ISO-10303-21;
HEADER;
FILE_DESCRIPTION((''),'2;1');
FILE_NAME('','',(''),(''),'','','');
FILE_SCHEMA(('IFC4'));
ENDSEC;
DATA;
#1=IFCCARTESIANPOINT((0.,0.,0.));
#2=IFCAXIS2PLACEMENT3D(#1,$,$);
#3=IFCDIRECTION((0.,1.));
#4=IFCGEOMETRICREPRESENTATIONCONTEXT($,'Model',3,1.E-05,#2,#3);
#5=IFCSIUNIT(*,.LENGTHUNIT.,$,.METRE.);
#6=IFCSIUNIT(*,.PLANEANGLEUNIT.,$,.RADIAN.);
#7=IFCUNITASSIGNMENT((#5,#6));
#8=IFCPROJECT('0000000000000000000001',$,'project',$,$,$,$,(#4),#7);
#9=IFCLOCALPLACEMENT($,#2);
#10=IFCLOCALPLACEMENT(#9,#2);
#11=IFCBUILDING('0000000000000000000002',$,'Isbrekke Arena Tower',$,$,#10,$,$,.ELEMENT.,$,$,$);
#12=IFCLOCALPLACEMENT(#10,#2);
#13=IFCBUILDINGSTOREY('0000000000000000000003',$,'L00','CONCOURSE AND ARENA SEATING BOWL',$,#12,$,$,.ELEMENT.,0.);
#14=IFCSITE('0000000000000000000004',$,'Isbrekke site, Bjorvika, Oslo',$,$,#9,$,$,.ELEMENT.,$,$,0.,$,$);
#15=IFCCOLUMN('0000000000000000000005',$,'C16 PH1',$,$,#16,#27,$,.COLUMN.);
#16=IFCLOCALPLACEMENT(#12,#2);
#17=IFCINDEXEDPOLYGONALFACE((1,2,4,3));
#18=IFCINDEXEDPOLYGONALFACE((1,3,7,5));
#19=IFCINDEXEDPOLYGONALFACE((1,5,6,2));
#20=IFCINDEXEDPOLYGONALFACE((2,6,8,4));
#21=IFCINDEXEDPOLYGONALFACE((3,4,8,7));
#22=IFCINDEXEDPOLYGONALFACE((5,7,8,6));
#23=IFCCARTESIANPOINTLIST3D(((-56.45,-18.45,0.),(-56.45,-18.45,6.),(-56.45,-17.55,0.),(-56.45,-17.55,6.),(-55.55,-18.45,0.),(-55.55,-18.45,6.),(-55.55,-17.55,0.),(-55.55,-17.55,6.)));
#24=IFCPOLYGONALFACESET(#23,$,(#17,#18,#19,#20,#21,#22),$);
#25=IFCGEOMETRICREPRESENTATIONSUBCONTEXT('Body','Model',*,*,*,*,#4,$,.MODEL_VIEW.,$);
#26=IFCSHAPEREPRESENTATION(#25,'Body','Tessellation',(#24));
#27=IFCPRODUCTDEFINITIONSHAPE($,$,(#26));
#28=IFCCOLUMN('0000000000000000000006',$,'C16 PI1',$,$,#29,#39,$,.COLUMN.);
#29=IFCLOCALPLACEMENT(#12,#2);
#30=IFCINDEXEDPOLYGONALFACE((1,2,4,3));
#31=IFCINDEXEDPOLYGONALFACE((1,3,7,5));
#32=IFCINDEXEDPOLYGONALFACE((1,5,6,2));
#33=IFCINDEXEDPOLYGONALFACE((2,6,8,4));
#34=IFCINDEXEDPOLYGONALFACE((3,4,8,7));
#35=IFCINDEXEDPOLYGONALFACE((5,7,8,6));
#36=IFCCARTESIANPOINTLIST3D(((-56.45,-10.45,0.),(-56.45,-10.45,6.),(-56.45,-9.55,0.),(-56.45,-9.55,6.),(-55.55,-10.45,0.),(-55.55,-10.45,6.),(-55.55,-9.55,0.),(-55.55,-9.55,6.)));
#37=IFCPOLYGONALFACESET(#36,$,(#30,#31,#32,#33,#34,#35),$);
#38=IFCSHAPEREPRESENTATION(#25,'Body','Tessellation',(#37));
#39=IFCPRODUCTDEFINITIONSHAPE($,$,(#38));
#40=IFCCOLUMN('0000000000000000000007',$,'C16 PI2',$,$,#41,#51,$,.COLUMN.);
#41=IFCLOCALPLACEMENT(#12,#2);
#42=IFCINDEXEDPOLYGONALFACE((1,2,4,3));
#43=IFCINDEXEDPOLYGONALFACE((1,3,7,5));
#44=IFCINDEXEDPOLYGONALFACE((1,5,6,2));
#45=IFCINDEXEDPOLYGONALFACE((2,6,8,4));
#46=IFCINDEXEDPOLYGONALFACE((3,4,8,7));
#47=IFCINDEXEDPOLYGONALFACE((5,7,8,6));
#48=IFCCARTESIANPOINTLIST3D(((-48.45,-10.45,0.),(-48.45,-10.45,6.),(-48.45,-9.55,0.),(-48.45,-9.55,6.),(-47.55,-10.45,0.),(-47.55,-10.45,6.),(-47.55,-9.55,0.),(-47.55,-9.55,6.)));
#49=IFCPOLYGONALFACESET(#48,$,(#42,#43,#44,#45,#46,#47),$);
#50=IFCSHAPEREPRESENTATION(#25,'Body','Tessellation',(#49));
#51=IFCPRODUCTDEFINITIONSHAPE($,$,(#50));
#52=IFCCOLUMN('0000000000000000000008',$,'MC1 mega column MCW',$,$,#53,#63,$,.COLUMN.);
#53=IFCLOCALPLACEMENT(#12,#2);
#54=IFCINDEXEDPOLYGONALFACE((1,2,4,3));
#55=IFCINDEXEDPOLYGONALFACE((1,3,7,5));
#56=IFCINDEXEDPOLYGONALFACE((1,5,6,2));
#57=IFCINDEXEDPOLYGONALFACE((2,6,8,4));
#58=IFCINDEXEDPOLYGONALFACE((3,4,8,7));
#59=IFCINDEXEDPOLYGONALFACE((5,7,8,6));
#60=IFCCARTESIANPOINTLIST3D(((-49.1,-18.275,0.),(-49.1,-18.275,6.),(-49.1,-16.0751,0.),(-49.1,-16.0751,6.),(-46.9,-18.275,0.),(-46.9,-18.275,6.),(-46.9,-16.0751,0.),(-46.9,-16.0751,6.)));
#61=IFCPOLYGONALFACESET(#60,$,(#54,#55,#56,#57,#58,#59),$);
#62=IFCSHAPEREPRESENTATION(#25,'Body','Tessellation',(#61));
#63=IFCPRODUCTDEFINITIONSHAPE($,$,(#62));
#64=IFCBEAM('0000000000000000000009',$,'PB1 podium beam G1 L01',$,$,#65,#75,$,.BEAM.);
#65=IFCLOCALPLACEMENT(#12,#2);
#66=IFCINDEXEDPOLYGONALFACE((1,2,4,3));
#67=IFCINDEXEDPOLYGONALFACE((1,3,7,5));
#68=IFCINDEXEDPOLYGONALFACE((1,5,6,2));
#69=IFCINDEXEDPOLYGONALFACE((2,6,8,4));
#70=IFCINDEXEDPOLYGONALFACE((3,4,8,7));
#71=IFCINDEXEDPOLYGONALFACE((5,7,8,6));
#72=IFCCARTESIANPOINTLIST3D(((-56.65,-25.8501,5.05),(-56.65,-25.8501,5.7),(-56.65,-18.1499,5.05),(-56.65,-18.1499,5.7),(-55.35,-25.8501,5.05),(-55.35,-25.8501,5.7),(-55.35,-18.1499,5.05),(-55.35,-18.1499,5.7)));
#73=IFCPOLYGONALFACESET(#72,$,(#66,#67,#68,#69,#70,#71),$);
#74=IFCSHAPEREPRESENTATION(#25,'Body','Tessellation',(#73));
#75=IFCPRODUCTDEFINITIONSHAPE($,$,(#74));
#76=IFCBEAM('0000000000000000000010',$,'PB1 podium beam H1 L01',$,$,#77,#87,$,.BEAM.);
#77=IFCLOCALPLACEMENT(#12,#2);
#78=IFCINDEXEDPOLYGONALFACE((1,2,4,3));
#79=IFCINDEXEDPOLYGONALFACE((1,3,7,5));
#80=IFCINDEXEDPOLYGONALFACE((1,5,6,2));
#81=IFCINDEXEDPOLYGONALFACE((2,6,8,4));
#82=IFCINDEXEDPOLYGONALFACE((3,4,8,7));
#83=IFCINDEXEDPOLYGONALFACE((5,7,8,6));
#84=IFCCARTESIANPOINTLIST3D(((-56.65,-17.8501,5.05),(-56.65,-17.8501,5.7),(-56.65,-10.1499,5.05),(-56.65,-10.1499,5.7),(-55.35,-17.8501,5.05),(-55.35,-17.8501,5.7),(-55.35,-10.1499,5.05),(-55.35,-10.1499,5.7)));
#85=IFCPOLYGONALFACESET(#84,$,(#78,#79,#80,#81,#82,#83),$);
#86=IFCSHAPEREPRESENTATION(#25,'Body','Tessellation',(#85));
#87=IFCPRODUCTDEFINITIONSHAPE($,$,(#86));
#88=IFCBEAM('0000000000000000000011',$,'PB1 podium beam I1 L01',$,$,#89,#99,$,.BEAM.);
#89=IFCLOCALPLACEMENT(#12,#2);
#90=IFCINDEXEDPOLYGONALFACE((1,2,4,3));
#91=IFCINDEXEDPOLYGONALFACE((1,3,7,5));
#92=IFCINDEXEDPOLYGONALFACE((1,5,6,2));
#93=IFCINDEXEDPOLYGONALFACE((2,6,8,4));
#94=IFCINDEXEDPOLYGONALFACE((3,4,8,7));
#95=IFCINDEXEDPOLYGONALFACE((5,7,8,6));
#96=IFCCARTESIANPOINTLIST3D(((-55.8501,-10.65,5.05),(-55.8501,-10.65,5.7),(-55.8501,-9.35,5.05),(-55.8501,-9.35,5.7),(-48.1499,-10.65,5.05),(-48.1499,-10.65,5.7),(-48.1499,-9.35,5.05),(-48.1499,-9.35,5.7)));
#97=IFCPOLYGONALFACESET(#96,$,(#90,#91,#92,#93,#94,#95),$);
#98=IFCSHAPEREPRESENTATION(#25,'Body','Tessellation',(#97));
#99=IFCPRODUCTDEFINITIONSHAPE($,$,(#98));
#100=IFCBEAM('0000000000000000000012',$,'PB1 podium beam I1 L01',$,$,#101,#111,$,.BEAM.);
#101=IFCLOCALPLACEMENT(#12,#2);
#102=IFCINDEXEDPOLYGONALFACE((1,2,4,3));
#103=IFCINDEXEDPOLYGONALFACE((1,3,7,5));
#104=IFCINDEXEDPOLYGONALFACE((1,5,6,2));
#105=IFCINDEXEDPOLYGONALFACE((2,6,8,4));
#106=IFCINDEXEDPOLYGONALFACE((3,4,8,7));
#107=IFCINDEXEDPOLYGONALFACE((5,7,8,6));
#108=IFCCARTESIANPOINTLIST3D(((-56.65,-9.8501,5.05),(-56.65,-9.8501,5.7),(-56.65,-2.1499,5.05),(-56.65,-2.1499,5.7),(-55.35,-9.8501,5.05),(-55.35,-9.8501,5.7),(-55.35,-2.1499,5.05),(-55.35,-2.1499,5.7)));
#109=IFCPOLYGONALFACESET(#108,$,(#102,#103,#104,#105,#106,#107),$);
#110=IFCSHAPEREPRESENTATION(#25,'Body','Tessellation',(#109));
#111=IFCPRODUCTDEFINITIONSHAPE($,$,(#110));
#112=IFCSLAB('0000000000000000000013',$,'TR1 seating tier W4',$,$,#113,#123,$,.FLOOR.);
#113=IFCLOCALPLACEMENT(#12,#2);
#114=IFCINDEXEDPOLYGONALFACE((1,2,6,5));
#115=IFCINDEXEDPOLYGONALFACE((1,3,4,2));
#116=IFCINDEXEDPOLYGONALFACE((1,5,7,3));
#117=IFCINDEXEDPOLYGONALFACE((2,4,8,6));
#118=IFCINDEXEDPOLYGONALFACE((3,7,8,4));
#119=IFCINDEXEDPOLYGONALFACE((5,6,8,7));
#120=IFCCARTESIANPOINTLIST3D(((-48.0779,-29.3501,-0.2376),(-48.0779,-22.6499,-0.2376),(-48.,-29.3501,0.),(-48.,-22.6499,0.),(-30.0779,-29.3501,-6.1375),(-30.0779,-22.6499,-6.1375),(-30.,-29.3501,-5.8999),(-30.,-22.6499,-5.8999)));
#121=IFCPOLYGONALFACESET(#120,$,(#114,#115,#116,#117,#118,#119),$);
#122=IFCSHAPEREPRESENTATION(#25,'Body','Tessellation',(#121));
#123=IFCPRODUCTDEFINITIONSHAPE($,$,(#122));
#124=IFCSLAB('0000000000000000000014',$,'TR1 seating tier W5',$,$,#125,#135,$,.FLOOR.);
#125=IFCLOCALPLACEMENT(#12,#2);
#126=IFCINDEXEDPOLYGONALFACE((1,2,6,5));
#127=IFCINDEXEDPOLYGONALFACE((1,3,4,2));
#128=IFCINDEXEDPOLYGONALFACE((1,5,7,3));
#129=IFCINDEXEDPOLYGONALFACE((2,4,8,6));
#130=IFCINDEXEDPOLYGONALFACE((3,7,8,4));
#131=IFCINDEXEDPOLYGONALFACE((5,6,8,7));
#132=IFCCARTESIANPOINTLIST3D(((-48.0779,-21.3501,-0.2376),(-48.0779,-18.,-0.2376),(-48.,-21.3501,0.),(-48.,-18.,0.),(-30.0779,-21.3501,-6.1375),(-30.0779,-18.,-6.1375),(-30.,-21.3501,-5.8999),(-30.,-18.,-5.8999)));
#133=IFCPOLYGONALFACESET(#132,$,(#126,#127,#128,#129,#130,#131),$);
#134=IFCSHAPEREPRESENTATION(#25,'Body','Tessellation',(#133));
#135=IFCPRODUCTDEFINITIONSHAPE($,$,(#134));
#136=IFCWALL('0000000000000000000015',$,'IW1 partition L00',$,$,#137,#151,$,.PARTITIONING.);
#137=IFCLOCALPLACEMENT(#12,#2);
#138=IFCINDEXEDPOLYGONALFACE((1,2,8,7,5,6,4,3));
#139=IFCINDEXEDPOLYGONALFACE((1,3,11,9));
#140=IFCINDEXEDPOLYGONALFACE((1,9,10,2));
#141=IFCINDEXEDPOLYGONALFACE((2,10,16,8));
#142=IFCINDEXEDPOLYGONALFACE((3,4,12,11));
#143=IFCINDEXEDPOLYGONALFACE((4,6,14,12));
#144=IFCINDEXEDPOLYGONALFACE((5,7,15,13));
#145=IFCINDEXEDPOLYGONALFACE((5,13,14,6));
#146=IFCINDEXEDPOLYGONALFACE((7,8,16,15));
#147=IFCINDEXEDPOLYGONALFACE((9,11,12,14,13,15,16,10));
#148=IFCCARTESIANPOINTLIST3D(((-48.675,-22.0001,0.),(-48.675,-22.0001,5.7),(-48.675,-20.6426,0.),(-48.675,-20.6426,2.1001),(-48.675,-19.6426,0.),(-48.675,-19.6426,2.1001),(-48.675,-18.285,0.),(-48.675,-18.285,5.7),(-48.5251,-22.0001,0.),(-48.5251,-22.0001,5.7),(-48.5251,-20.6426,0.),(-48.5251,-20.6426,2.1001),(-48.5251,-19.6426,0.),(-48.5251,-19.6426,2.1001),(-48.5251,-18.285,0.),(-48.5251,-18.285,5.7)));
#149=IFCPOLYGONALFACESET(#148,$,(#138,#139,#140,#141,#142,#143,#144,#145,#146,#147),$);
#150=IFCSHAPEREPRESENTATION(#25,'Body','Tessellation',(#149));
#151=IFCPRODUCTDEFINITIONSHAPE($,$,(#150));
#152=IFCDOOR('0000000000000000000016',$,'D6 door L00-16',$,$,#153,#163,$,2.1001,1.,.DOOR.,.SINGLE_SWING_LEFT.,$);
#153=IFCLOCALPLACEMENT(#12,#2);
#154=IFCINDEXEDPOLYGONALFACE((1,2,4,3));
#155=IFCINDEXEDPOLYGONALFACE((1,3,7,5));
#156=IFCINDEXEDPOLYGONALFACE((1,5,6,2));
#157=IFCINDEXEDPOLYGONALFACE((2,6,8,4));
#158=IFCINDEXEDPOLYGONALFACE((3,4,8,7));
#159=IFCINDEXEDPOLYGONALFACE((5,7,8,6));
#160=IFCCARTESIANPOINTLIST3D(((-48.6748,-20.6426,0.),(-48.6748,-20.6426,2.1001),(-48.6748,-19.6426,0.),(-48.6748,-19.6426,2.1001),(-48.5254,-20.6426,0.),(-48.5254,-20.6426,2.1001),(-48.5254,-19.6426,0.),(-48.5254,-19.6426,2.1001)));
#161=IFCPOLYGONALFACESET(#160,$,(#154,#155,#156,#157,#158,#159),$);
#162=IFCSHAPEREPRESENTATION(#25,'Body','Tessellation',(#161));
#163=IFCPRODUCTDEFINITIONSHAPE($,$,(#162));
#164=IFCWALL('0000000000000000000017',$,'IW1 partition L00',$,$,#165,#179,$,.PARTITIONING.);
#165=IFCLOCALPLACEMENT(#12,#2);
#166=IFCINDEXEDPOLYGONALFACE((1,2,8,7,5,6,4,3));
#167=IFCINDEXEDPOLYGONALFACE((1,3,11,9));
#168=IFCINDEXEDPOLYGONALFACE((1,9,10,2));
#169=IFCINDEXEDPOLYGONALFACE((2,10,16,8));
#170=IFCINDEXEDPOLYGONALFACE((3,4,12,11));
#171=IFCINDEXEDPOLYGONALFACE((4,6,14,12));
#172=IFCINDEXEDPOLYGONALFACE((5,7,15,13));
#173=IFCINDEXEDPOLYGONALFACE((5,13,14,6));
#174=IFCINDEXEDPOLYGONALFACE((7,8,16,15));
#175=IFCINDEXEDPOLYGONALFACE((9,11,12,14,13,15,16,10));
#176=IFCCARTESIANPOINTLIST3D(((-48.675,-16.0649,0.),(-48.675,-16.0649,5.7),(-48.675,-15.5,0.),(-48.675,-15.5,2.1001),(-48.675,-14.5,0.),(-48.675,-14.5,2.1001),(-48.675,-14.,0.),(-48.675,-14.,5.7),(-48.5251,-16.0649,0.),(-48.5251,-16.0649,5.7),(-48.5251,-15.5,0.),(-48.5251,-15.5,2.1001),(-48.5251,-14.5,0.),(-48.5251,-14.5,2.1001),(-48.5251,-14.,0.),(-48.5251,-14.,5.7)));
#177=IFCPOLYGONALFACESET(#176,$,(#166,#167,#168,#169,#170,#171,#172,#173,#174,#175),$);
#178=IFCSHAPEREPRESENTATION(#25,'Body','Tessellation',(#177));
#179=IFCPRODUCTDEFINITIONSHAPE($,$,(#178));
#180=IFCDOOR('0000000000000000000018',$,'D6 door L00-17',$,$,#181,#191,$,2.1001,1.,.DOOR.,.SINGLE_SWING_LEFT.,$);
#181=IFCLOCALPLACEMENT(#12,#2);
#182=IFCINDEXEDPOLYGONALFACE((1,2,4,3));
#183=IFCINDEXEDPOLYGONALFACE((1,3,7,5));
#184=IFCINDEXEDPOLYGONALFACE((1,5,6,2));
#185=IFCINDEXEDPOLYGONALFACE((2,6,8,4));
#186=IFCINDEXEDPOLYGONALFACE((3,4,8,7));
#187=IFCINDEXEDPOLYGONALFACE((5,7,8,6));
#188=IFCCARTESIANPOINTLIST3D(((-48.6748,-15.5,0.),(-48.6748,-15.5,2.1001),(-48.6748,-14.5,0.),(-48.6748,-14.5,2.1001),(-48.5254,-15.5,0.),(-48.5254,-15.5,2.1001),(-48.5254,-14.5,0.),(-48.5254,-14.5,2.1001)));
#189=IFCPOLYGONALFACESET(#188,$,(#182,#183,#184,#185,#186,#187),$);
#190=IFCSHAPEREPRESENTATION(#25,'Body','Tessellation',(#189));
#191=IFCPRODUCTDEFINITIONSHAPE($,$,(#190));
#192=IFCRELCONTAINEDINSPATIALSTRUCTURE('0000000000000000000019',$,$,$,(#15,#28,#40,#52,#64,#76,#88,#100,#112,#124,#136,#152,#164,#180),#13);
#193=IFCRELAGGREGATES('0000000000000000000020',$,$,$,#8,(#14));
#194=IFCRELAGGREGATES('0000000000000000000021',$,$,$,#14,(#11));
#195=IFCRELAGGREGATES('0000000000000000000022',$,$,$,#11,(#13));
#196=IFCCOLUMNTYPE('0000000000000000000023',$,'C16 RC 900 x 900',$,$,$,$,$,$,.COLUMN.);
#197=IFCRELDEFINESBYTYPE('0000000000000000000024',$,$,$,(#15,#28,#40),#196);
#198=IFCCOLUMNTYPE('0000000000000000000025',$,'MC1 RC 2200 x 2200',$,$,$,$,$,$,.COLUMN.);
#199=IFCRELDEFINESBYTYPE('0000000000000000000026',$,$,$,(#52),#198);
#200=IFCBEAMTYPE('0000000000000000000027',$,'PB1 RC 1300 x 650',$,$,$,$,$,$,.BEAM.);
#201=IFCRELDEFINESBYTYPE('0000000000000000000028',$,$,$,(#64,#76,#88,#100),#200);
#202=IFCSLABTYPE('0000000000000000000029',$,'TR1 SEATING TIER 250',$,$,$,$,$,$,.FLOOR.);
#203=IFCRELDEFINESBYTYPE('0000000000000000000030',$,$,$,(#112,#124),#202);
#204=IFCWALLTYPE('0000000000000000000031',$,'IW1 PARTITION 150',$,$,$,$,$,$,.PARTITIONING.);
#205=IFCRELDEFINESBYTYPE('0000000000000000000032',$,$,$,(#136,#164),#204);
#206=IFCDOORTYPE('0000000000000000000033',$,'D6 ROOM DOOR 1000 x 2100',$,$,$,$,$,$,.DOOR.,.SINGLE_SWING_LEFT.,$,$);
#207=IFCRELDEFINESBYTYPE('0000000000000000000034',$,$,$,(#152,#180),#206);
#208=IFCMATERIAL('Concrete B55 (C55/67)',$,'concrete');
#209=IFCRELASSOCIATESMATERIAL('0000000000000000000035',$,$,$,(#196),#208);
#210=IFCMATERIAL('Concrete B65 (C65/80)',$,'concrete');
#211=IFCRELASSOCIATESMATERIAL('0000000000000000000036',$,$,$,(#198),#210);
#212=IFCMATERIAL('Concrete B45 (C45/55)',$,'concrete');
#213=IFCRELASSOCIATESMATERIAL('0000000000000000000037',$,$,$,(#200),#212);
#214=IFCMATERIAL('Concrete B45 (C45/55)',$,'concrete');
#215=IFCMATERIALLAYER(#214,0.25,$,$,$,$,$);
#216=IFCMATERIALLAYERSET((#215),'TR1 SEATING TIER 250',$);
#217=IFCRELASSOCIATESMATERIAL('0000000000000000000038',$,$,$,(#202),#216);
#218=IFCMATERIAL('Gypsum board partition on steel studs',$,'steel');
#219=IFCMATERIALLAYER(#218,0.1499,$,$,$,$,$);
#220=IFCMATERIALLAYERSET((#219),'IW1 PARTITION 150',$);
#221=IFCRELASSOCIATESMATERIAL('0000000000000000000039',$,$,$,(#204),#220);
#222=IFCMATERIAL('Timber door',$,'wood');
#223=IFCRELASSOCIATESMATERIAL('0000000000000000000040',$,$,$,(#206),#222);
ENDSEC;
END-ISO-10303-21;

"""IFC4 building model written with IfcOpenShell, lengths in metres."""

from ifc_helpers import new_model, si_unit, direction, frame, frame_2d, origin, origin_2d, place, context, subcontext, project, spatial, polyline, rectangle, outline, extrude, material, layer, layer_set, material_profile, profile_set, type_object, element, fill, save


model = new_model("IFC4")

# Units and contexts
model_context = context("Model", 3, precision=1e-05, world=origin(), true_north=direction((0.0, 1.0)))
body_context = subcontext(model_context, "Body", "Model", "MODEL_VIEW")
ifc_project = project(units=[si_unit("LENGTHUNIT", "METRE"), si_unit("PLANEANGLEUNIT", "RADIAN")], contexts=[model_context])

# Site, building, storey
site_placement = place(None, origin())
site = spatial("IfcSite", under=ifc_project, at=site_placement, Name="Isbrekke site, Bjorvika, Oslo", CompositionType="ELEMENT", RefElevation=0.0)
building_placement = place(site_placement, origin())
building = spatial("IfcBuilding", under=site, at=building_placement, Name="Isbrekke Arena Tower", CompositionType="ELEMENT")
storey_placement = place(building_placement, origin())
storey = spatial("IfcBuildingStorey", under=building, at=storey_placement, Name="L00", Description="CONCOURSE AND ARENA SEATING BOWL", CompositionType="ELEMENT", Elevation=0.0)

# Columns
ifc_material_1 = material(Name="Concrete B55 (C55/67)", Category="concrete")
ifc_material_profile_1 = material_profile(ifc_material_1, rectangle(XDim=0.8999, YDim=0.8999, at=origin_2d()), Name="RC 900x900")
ifc_profile_set_1 = profile_set([ifc_material_profile_1], Name="Concrete B55 (C55/67)")
column_type_1 = type_object("IfcColumnType", Name="C16 RC 900 x 900", PredefinedType="COLUMN", material=ifc_profile_set_1)
for number, where, z_axis, x_axis, name in (
    (1, (-56.0, -18.0, 0.0), (0.0, 0.0, 1.0), (1.0, 0.0, 0.0), "C16 PH1"),
    (2, (-56.0, -10.0, 0.0), (0.0, 0.0, 1.0), (1.0, 0.0, 0.0), "C16 PI1"),
    (3, (-48.0, -10.0, 0.0), (0.0, 0.0, 1.0), (1.0, 0.0, 0.0), "C16 PI2"),
):
    element("IfcColumn", number, at=place(storey_placement, frame(where, z_axis=z_axis, x_axis=x_axis)), inside=storey, type_object=column_type_1, Name=name, PredefinedType="COLUMN", context=body_context, shape_type="SweptSolid", body=[
        extrude(rectangle(XDim=0.8999, YDim=0.8999, at=origin_2d()), origin(), (0.0, 0.0, 1.0), 6.0),
    ])
ifc_material_2 = material(Name="Concrete B65 (C65/80)", Category="concrete")
ifc_material_profile_2 = material_profile(ifc_material_2, rectangle(XDim=2.2, YDim=2.2, at=origin_2d()), Name="RC 2200x2200")
ifc_profile_set_2 = profile_set([ifc_material_profile_2], Name="Concrete B65 (C65/80)")
column_type_2 = type_object("IfcColumnType", Name="MC1 RC 2200 x 2200", PredefinedType="COLUMN", material=ifc_profile_set_2)
column_placement = place(storey_placement, frame((-48.0, -17.175, 0.0), z_axis=(0.0, 0.0, 1.0), x_axis=(1.0, 0.0, 0.0)))
element("IfcColumn", 4, at=column_placement, inside=storey, type_object=column_type_2, Name="MC1 mega column MCW", PredefinedType="COLUMN", context=body_context, shape_type="SweptSolid", body=[
    extrude(rectangle(XDim=2.2, YDim=2.2, at=origin_2d()), origin(), (0.0, 0.0, 1.0), 6.0),
])

# Beams
ifc_material_3 = material(Name="Concrete B45 (C45/55)", Category="concrete")
ifc_material_profile_3 = material_profile(ifc_material_3, rectangle(XDim=1.3, YDim=0.6499, at=origin_2d()), Name="RC 1300x650")
ifc_profile_set_3 = profile_set([ifc_material_profile_3], Name="Concrete B45 (C45/55)")
beam_type = type_object("IfcBeamType", Name="PB1 RC 1300 x 650", PredefinedType="BEAM", material=ifc_profile_set_3)
for number, where, z_axis, x_axis, name in (
    (5, (-56.0, -25.8501, 5.375), (0.0, 1.0, 0.0), (-1.0, 0.0, 0.0), "PB1 podium beam G1 L01"),
    (6, (-56.0, -17.8501, 5.375), (0.0, 1.0, 0.0), (-1.0, 0.0, 0.0), "PB1 podium beam H1 L01"),
    (7, (-55.8501, -10.0, 5.375), (1.0, 0.0, 0.0), (0.0, 1.0, 0.0), "PB1 podium beam I1 L01"),
    (8, (-56.0, -9.8501, 5.375), (0.0, 1.0, 0.0), (-1.0, 0.0, 0.0), "PB1 podium beam I1 L01"),
):
    element("IfcBeam", number, at=place(storey_placement, frame(where, z_axis=z_axis, x_axis=x_axis)), inside=storey, type_object=beam_type, Name=name, PredefinedType="BEAM", context=body_context, shape_type="SweptSolid", body=[
        extrude(rectangle(XDim=1.3, YDim=0.6499, at=origin_2d()), origin(), (0.0, 0.0, 1.0), 7.7002),
    ])

# Slabs
ifc_material_4 = material(Name="Concrete B45 (C45/55)", Category="concrete")
ifc_layer_1 = layer(ifc_material_4, 0.25)
ifc_layer_set_1 = layer_set([ifc_layer_1], Name="TR1 SEATING TIER 250")
slab_type = type_object("IfcSlabType", Name="TR1 SEATING TIER 250", PredefinedType="FLOOR", material=ifc_layer_set_1)
slab_1_placement = place(storey_placement, frame((-30.0, -22.6499, -5.8999), z_axis=(0.311468, 0.0, 0.950257), x_axis=(-0.950257, 0.0, 0.311468)))
element("IfcSlab", 9, at=slab_1_placement, inside=storey, type_object=slab_type, Name="TR1 seating tier W4", PredefinedType="FLOOR", context=body_context, shape_type="SweptSolid", body=[
    extrude(outline(polyline([(0.0, 0.0), (18.9423, 0.0), (18.9423, 6.7002), (0.0, 6.7002), (0.0, 0.0)])), origin(), (0.0, 0.0, -1.0), 0.25),
])
slab_2_placement = place(storey_placement, frame((-30.0, -18.0, -5.8999), z_axis=(0.311468, 0.0, 0.950257), x_axis=(-0.950257, 0.0, 0.311468)))
element("IfcSlab", 10, at=slab_2_placement, inside=storey, type_object=slab_type, Name="TR1 seating tier W5", PredefinedType="FLOOR", context=body_context, shape_type="SweptSolid", body=[
    extrude(outline(polyline([(0.0, 0.0), (18.9423, 0.0), (18.9423, 3.3501), (0.0, 3.3501), (0.0, 0.0)])), origin(), (0.0, 0.0, -1.0), 0.25),
])

# Walls, openings, doors
ifc_material_5 = material(Name="Gypsum board partition on steel studs", Category="steel")
ifc_layer_2 = layer(ifc_material_5, 0.1499)
ifc_layer_set_2 = layer_set([ifc_layer_2], Name="IW1 PARTITION 150")
wall_type_1 = type_object("IfcWallType", Name="IW1 PARTITION 150", PredefinedType="PARTITIONING", material=ifc_layer_set_2)
wall_1_placement = place(storey_placement, frame((-48.6001, -22.0, 0.0), z_axis=(0.0, 0.0, 1.0), x_axis=(0.0, 1.0, 0.0)))
wall_1 = element("IfcWall", 11, at=wall_1_placement, inside=storey, type_object=wall_type_1, Name="IW1 partition L00", PredefinedType="PARTITIONING", context=body_context, shape_type="SweptSolid", body=[
    extrude(rectangle(XDim=3.7151, YDim=0.1499, at=frame_2d((1.8574, 0.0))), origin(), (0.0, 0.0, 1.0), 5.7),
])
opening_1_placement = place(wall_1_placement, frame((1.3574, 0.0, 0.0)))
opening_1 = element("IfcOpeningElement", 12, at=opening_1_placement, cuts=wall_1, PredefinedType="OPENING", context=body_context, shape_type="SweptSolid", body=[
    extrude(rectangle(XDim=1.0, YDim=2.1001, at=frame_2d((0.5, 1.05))), frame((0.0, 0.0898, 0.0), z_axis=(0.0, -1.0, 0.0), x_axis=(1.0, 0.0, 0.0)), (0.0, 0.0, 1.0), 0.1797),
])
ifc_material_6 = material(Name="Timber door", Category="wood")
door_type = type_object("IfcDoorType", Name="D6 ROOM DOOR 1000 x 2100", OperationType="SINGLE_SWING_LEFT", PredefinedType="DOOR", material=ifc_material_6)
door_1_placement = place(opening_1_placement, origin())
door_1 = element("IfcDoor", 13, at=door_1_placement, inside=storey, type_object=door_type, Name="D6 door L00-16", OperationType="SINGLE_SWING_LEFT", OverallHeight=2.1001, OverallWidth=1.0, PredefinedType="DOOR", context=body_context, shape_type="SweptSolid", body=[
    extrude(rectangle(XDim=1.0, YDim=2.1001, at=frame_2d((0.5, 1.05))), frame((0.0, 0.0747, 0.0), z_axis=(0.0, -1.0, 0.0), x_axis=(1.0, 0.0, 0.0)), (0.0, 0.0, 1.0), 0.1494),
])
fill(opening_1, door_1)
wall_2_placement = place(storey_placement, frame((-48.6001, -16.0649, 0.0), z_axis=(0.0, 0.0, 1.0), x_axis=(0.0, 1.0, 0.0)))
wall_2 = element("IfcWall", 14, at=wall_2_placement, inside=storey, type_object=wall_type_1, Name="IW1 partition L00", PredefinedType="PARTITIONING", context=body_context, shape_type="SweptSolid", body=[
    extrude(rectangle(XDim=2.0649, YDim=0.1499, at=frame_2d((1.0325, 0.0))), origin(), (0.0, 0.0, 1.0), 5.7),
])
opening_2_placement = place(wall_2_placement, frame((0.5649, 0.0, 0.0)))
opening_2 = element("IfcOpeningElement", 15, at=opening_2_placement, cuts=wall_2, PredefinedType="OPENING", context=body_context, shape_type="SweptSolid", body=[
    extrude(rectangle(XDim=1.0, YDim=2.1001, at=frame_2d((0.5, 1.05))), frame((0.0, 0.0898, 0.0), z_axis=(0.0, -1.0, 0.0), x_axis=(1.0, 0.0, 0.0)), (0.0, 0.0, 1.0), 0.1797),
])
door_2_placement = place(opening_2_placement, origin())
door_2 = element("IfcDoor", 16, at=door_2_placement, inside=storey, type_object=door_type, Name="D6 door L00-17", OperationType="SINGLE_SWING_LEFT", OverallHeight=2.1001, OverallWidth=1.0, PredefinedType="DOOR", context=body_context, shape_type="SweptSolid", body=[
    extrude(rectangle(XDim=1.0, YDim=2.1001, at=frame_2d((0.5, 1.05))), frame((0.0, 0.0747, 0.0), z_axis=(0.0, -1.0, 0.0), x_axis=(1.0, 0.0, 0.0)), (0.0, 0.0, 1.0), 0.1494),
])
fill(opening_2, door_2)

save(model, "model.ifc")
